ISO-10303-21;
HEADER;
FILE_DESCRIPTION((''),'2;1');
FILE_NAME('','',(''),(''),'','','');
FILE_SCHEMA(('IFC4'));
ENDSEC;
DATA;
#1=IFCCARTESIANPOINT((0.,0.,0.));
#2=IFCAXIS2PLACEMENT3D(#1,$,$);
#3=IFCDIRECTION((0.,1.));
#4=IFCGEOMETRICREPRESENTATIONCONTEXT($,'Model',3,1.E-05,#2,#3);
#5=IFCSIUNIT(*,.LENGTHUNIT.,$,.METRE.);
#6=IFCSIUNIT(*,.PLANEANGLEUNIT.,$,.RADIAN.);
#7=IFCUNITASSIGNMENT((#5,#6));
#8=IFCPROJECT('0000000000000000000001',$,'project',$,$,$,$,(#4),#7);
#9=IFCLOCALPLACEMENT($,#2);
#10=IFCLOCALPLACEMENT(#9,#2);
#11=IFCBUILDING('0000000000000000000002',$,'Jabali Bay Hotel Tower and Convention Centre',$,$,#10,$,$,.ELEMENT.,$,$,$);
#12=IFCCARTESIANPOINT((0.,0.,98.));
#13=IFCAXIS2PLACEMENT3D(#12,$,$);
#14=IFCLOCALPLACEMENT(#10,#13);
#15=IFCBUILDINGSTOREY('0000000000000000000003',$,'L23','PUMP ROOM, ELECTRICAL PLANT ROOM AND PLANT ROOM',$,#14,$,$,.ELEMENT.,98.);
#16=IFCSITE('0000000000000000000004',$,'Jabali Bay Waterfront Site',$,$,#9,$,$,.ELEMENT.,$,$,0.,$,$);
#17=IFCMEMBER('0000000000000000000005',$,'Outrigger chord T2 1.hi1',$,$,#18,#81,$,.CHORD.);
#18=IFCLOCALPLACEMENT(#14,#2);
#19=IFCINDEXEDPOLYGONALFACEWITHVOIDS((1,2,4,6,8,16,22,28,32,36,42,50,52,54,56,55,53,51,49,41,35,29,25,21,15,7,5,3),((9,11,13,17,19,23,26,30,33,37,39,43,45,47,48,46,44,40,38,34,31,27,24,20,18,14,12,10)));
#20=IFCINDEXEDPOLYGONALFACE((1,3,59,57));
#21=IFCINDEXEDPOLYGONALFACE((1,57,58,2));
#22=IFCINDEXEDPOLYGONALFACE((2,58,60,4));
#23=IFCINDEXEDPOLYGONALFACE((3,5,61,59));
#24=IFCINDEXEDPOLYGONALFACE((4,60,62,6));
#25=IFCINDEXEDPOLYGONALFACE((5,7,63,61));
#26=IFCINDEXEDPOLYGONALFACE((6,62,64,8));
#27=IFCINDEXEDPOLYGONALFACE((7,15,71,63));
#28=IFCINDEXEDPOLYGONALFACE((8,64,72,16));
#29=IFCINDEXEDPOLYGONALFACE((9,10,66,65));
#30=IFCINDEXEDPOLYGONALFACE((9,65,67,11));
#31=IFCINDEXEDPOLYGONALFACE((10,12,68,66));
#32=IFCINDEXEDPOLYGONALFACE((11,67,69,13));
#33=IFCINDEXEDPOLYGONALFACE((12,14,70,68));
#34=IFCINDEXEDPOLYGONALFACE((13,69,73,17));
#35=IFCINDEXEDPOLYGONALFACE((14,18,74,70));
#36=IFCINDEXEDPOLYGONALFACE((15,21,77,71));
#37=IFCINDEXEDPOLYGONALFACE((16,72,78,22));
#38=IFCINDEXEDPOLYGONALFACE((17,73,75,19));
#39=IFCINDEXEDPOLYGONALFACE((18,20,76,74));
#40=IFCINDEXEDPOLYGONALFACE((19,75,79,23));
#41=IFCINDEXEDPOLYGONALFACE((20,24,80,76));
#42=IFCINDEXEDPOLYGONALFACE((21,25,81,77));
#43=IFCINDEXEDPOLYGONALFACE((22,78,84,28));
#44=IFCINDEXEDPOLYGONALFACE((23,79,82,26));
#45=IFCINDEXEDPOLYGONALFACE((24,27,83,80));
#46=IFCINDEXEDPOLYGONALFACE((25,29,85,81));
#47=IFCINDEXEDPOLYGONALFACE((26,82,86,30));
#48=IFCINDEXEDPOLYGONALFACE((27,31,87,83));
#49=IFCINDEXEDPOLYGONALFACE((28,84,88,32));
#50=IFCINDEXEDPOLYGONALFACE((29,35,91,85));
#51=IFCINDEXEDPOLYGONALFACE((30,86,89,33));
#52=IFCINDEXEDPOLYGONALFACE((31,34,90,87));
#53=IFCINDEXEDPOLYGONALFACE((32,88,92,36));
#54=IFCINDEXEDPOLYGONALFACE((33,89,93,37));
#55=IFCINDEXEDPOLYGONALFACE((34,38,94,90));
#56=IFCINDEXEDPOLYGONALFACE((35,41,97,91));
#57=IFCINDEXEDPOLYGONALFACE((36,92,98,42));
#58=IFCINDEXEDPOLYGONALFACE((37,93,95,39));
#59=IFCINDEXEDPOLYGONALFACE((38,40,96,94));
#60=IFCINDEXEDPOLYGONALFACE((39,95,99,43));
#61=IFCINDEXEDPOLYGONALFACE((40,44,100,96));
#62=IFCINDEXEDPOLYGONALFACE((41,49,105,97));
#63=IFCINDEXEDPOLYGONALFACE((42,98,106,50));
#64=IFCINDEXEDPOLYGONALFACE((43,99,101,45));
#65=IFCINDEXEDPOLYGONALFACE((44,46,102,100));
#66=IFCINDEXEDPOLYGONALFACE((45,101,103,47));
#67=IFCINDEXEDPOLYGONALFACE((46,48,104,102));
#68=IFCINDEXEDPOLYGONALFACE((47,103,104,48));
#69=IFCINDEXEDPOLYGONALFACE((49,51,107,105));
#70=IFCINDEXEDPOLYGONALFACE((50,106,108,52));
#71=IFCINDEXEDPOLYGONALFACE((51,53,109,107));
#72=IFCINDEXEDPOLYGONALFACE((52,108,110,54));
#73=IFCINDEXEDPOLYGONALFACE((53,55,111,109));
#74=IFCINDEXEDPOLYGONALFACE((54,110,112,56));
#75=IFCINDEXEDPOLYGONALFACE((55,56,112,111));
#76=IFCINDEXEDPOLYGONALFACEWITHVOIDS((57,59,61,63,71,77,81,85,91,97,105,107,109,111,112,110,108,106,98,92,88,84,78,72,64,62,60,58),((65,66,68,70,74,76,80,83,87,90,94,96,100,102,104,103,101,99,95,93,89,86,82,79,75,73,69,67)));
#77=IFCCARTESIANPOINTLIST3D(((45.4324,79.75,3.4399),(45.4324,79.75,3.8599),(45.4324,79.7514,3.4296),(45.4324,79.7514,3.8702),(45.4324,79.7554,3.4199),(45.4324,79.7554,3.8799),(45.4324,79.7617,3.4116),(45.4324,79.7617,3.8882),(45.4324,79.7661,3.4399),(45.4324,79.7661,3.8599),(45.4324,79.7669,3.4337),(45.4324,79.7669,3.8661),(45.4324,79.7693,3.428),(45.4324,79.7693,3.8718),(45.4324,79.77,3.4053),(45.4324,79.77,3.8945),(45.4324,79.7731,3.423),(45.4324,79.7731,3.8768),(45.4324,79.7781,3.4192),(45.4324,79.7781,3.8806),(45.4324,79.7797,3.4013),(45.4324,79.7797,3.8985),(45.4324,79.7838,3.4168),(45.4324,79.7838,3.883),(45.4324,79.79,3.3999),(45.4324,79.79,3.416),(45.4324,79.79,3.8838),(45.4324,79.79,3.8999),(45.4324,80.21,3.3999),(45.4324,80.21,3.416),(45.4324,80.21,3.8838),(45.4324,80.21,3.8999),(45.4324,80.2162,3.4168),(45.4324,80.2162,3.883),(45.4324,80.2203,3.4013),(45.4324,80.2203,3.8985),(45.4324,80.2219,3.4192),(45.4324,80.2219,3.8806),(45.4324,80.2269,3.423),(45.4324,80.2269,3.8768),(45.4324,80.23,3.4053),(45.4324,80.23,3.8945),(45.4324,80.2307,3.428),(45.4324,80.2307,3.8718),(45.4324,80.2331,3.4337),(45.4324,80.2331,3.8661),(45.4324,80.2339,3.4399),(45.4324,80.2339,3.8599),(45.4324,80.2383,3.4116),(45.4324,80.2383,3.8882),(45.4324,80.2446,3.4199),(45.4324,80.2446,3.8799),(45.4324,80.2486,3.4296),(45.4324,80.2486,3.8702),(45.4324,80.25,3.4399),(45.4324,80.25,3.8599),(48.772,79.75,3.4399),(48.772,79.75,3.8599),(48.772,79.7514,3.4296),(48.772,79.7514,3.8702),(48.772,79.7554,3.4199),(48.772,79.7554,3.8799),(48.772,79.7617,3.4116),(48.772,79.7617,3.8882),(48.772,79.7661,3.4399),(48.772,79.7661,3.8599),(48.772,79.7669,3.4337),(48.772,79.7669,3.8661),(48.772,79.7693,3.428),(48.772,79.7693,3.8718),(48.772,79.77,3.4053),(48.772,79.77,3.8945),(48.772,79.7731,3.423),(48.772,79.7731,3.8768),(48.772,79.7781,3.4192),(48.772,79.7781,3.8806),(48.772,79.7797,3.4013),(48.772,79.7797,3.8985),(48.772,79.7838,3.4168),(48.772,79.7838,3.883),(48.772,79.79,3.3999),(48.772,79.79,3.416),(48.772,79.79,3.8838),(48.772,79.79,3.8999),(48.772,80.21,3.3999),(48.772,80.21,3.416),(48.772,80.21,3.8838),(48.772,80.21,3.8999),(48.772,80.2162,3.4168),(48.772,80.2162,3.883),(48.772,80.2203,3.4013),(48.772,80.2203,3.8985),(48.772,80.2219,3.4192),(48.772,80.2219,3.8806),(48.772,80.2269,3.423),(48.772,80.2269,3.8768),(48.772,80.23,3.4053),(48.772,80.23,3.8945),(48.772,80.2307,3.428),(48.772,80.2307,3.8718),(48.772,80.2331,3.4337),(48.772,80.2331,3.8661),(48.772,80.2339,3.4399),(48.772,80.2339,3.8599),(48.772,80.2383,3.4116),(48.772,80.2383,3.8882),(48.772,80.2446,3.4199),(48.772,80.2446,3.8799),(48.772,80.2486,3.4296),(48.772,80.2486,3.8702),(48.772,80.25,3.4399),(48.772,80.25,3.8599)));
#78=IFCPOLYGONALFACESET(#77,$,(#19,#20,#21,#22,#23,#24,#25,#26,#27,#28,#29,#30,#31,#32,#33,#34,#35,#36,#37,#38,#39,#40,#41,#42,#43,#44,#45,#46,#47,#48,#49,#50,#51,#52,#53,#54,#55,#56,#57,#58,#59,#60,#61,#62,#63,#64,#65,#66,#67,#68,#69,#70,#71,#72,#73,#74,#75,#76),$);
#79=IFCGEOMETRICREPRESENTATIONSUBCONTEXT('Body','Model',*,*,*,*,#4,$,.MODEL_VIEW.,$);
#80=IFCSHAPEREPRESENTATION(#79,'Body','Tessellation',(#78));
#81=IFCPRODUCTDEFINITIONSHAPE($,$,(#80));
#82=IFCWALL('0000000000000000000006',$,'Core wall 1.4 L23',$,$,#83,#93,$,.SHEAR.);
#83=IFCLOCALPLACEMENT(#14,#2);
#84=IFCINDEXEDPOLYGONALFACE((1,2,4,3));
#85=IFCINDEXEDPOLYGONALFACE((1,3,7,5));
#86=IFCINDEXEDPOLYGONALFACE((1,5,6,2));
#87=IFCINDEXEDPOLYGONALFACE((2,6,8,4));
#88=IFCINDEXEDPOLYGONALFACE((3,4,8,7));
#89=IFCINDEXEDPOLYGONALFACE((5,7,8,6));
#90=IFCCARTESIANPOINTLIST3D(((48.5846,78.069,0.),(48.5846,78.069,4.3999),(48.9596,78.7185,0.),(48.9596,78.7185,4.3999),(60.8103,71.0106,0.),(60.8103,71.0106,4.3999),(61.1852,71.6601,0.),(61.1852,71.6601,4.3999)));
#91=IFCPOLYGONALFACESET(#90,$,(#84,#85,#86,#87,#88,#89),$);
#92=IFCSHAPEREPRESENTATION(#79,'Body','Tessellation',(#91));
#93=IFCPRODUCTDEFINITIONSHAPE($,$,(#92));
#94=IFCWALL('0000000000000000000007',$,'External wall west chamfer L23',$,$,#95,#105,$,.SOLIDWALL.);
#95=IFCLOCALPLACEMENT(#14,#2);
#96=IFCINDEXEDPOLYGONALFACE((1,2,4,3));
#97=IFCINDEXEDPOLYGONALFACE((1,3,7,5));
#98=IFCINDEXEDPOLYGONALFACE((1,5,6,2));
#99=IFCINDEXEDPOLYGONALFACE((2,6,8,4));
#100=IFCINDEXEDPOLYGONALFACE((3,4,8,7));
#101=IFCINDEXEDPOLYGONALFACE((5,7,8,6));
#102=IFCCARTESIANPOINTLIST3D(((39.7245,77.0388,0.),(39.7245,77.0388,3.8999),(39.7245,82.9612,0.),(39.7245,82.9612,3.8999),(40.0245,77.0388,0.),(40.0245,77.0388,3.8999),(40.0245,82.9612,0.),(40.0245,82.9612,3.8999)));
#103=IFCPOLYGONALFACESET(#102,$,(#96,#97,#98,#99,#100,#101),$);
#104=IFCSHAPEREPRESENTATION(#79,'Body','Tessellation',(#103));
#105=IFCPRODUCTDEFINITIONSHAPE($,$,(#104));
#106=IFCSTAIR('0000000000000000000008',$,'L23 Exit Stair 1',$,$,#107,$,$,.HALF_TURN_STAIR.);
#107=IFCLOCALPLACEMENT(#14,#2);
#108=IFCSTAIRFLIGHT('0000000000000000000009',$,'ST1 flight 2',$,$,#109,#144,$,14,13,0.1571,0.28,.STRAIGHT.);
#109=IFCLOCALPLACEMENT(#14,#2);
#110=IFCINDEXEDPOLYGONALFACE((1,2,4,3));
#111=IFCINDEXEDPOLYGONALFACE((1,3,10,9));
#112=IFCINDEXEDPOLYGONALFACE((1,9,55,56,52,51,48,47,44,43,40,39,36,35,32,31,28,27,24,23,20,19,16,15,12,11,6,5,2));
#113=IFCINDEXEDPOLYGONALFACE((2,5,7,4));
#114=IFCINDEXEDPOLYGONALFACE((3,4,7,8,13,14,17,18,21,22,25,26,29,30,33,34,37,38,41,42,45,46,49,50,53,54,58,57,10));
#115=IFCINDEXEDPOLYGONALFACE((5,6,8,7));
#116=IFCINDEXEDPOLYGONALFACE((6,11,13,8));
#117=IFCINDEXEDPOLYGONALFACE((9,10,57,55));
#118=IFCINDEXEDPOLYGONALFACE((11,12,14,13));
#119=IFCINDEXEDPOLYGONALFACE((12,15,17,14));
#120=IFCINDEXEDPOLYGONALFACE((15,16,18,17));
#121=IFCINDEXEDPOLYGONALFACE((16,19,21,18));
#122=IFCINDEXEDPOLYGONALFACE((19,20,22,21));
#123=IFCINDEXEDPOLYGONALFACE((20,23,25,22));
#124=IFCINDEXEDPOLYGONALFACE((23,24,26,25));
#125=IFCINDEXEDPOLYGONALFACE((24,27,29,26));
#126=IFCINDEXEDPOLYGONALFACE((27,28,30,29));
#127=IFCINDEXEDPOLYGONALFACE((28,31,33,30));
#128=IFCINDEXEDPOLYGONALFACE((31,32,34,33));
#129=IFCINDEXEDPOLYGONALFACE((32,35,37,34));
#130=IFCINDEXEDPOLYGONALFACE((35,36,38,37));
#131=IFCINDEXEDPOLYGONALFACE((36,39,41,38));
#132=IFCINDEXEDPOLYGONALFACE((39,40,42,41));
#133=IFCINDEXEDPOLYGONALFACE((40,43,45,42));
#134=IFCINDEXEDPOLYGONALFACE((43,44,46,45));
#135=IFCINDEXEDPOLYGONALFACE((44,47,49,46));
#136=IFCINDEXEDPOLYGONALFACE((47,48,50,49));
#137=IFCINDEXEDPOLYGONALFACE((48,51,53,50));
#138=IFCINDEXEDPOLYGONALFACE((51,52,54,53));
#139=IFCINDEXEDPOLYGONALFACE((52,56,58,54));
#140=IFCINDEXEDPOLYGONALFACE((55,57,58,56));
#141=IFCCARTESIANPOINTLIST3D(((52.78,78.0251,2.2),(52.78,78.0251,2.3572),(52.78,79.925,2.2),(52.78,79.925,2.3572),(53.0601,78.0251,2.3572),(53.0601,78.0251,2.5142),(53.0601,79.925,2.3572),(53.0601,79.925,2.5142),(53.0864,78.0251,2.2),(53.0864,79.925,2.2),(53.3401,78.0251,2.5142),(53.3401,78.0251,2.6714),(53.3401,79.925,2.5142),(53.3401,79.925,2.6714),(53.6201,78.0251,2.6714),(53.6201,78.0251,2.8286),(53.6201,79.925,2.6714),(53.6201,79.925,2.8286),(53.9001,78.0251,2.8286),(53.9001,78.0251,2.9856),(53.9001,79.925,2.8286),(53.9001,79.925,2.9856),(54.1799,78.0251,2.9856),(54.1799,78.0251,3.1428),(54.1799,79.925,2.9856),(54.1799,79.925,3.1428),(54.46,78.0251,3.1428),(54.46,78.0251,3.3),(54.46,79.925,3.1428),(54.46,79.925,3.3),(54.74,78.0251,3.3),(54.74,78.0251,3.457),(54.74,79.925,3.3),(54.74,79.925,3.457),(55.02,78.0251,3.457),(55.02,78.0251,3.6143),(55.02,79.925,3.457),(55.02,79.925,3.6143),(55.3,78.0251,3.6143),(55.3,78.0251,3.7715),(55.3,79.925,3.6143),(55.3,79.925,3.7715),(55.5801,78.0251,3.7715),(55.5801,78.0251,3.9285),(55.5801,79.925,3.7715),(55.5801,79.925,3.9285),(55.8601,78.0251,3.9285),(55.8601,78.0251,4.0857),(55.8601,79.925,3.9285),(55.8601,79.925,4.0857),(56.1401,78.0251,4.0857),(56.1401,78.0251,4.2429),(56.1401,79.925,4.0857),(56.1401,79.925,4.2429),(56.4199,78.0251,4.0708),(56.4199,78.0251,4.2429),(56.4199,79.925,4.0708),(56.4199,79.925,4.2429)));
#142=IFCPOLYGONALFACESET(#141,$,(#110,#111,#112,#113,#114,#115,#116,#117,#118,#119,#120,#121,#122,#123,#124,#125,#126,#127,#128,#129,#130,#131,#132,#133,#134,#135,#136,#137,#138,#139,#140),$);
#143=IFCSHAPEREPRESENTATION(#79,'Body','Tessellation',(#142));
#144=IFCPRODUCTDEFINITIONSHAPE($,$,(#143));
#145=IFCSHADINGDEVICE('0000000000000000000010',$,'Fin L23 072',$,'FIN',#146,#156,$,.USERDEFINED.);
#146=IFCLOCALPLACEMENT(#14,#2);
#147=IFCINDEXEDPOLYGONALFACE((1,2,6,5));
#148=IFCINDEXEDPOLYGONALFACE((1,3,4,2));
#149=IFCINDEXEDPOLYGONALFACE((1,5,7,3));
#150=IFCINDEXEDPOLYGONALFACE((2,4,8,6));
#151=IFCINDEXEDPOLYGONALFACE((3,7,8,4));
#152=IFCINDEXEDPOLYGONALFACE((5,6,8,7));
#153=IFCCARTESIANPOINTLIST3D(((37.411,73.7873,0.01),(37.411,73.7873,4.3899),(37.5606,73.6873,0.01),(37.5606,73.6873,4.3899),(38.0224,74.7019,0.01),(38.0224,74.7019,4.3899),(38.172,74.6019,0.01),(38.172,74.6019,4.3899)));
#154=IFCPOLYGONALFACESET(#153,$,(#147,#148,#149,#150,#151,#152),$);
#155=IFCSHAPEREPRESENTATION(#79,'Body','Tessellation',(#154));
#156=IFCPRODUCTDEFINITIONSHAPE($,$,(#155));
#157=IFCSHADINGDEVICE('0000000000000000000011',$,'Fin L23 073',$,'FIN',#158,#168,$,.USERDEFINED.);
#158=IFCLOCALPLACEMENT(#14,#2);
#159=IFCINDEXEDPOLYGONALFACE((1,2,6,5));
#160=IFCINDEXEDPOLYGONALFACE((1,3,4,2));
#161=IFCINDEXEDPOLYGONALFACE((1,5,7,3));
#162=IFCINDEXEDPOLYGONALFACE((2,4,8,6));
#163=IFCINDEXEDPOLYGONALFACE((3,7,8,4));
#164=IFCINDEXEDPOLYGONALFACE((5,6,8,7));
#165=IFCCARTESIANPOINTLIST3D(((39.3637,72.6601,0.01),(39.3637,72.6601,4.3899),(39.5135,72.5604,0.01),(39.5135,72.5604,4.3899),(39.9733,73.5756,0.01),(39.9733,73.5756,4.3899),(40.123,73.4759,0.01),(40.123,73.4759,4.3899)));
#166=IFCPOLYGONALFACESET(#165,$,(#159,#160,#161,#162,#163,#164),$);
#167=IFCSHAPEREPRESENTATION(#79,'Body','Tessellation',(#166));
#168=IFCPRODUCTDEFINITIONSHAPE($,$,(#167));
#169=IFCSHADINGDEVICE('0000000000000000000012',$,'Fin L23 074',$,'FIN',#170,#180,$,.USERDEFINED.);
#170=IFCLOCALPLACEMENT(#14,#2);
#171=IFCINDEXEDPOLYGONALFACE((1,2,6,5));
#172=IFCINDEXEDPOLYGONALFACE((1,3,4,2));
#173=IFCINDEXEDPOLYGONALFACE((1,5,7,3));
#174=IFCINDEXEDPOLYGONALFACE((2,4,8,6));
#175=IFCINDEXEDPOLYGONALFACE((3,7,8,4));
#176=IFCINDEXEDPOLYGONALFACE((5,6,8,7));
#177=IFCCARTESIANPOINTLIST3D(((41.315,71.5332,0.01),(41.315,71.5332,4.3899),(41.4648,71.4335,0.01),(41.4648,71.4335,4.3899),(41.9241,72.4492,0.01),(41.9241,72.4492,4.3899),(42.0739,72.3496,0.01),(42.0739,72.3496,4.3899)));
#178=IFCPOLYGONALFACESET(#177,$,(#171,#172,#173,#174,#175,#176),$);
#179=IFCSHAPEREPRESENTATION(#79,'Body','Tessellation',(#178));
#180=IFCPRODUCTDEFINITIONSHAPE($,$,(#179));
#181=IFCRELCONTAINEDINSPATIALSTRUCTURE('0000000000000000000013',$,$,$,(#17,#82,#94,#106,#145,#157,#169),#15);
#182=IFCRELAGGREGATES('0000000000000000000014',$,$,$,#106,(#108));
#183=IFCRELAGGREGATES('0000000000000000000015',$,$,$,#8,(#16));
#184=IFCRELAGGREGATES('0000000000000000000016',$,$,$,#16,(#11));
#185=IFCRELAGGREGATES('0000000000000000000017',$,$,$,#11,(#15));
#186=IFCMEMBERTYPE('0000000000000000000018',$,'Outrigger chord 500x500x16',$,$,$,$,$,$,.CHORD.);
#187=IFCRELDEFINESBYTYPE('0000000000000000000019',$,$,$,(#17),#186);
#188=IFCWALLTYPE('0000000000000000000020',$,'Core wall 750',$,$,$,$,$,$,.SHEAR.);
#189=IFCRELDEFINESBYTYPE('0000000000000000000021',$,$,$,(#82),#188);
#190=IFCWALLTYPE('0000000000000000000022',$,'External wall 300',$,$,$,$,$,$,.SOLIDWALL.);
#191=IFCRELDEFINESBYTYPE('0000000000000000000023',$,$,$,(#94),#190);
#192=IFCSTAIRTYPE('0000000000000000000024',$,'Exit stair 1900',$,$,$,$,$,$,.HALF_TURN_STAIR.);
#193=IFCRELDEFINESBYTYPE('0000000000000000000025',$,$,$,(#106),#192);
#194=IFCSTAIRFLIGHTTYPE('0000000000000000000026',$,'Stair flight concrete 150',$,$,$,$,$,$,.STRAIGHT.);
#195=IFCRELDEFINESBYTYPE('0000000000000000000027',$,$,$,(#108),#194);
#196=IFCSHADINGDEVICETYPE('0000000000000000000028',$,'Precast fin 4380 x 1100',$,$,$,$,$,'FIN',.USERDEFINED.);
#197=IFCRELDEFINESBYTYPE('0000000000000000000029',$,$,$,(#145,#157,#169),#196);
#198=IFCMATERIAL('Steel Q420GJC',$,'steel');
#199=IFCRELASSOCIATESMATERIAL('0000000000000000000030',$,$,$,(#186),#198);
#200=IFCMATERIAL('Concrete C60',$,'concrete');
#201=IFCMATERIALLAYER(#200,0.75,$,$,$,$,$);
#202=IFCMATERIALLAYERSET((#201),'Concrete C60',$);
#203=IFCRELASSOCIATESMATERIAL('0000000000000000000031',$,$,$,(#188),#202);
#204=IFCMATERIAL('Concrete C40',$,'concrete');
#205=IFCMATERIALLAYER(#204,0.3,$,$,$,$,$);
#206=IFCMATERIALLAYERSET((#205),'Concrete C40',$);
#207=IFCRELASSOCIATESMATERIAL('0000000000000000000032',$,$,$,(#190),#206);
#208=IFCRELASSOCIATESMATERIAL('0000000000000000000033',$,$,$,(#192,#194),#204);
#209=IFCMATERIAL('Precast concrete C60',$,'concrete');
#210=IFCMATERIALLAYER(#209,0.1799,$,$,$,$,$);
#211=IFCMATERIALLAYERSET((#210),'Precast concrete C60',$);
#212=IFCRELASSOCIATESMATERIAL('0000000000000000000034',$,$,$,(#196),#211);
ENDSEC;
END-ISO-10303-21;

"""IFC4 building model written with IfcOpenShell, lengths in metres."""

from ifc_helpers import new_model, si_unit, direction, frame, frame_2d, origin, origin_2d, place, context, subcontext, project, spatial, polyline, rectangle, hollow_rectangle, outline, extrude, material, layer, layer_set, material_profile, profile_set, type_object, element, aggregate, save


model = new_model("IFC4")

# Units and contexts
model_context = context("Model", 3, precision=1e-05, world=origin(), true_north=direction((0.0, 1.0)))
body_context = subcontext(model_context, "Body", "Model", "MODEL_VIEW")
ifc_project = project(units=[si_unit("LENGTHUNIT", "METRE"), si_unit("PLANEANGLEUNIT", "RADIAN")], contexts=[model_context])

# Site, building, storey
site_placement = place(None, origin())
site = spatial("IfcSite", under=ifc_project, at=site_placement, Name="Jabali Bay Waterfront Site", CompositionType="ELEMENT", RefElevation=0.0)
building_placement = place(site_placement, origin())
building = spatial("IfcBuilding", under=site, at=building_placement, Name="Jabali Bay Hotel Tower and Convention Centre", CompositionType="ELEMENT")
storey_placement = place(building_placement, frame((0.0, 0.0, 98.0)))
storey = spatial("IfcBuildingStorey", under=building, at=storey_placement, Name="L23", Description="PUMP ROOM, ELECTRICAL PLANT ROOM AND PLANT ROOM", CompositionType="ELEMENT", Elevation=98.0)

# Shared definitions
ifc_material_1 = material(Name="Concrete C60", Category="concrete")

# Member
ifc_material_2 = material(Name="Steel Q420GJC", Category="steel")
ifc_material_profile_1 = material_profile(ifc_material_2, hollow_rectangle(XDim=0.5, YDim=0.5, WallThickness=0.0161, InnerFilletRadius=0.0239, OuterFilletRadius=0.04, at=origin_2d()), Name="Outrigger chord 500x500x16")
ifc_profile_set_1 = profile_set([ifc_material_profile_1], Name="Steel Q420GJC")
member_type_1 = type_object("IfcMemberType", Name="Outrigger chord 500x500x16", PredefinedType="CHORD", material=ifc_profile_set_1)
member_1_placement = place(storey_placement, frame((48.772, 80.0, 3.6499), z_axis=(-1.0, 0.0, 0.0), x_axis=(0.0, -1.0, 0.0)))
element("IfcMember", 1, at=member_1_placement, inside=storey, type_object=member_type_1, Name="Outrigger chord T2 1.hi1", PredefinedType="CHORD", context=body_context, shape_type="SweptSolid", body=[
    extrude(hollow_rectangle(XDim=0.5, YDim=0.5, WallThickness=0.0161, InnerFilletRadius=0.0239, OuterFilletRadius=0.04, at=origin_2d()), origin(), (0.0, 0.0, 1.0), 3.3396),
])

# Walls
ifc_layer_1 = layer(ifc_material_1, 0.75)
ifc_layer_set_1 = layer_set([ifc_layer_1], Name="Concrete C60")
wall_type_1 = type_object("IfcWallType", Name="Core wall 750", PredefinedType="SHEAR", material=ifc_layer_set_1)
wall_1_placement = place(storey_placement, frame((48.772, 78.3938, 0.0), z_axis=(0.0, 0.0, 1.0), x_axis=(0.866028, -0.499995, 0.0)))
element("IfcWall", 2, at=wall_1_placement, inside=storey, type_object=wall_type_1, Name="Core wall 1.4 L23", PredefinedType="SHEAR", context=body_context, shape_type="SweptSolid", body=[
    extrude(rectangle(XDim=14.1169, YDim=0.75, at=frame_2d((7.0586, 0.0))), origin(), (0.0, 0.0, 1.0), 4.3999),
])
ifc_material_3 = material(Name="Concrete C40", Category="concrete")
ifc_layer_2 = layer(ifc_material_3, 0.3)
ifc_layer_set_2 = layer_set([ifc_layer_2], Name="Concrete C40")
wall_type_2 = type_object("IfcWallType", Name="External wall 300", PredefinedType="SOLIDWALL", material=ifc_layer_set_2)
wall_2_placement = place(storey_placement, frame((39.8745, 77.0388, 0.0), z_axis=(0.0, 0.0, 1.0), x_axis=(0.0, 1.0, 0.0)))
element("IfcWall", 3, at=wall_2_placement, inside=storey, type_object=wall_type_2, Name="External wall west chamfer L23", PredefinedType="SOLIDWALL", context=body_context, shape_type="SweptSolid", body=[
    extrude(rectangle(XDim=5.9224, YDim=0.3, at=frame_2d((2.9612, 0.0))), origin(), (0.0, 0.0, 1.0), 3.8999),
])

# Stair, stair flight
stair_type = type_object("IfcStairType", Name="Exit stair 1900", PredefinedType="HALF_TURN_STAIR", material=ifc_material_3)
stair_placement = place(storey_placement, origin())
stair = element("IfcStair", 4, at=stair_placement, inside=storey, type_object=stair_type, Name="L23 Exit Stair 1", PredefinedType="HALF_TURN_STAIR")
stair_flight_type = type_object("IfcStairFlightType", Name="Stair flight concrete 150", PredefinedType="STRAIGHT", material=ifc_material_3)
stair_flight_placement = place(storey_placement, frame((52.78, 78.9751, 2.2), z_axis=(0.0, 0.0, 1.0), x_axis=(1.0, 0.0, 0.0)))
stair_flight = element("IfcStairFlight", 5, at=stair_flight_placement, type_object=stair_flight_type, Name="ST1 flight 2", NumberOfRisers=14, NumberOfTreads=13, PredefinedType="STRAIGHT", RiserHeight=0.1571, TreadLength=0.28, context=body_context, shape_type="SweptSolid", body=[
    extrude(outline(polyline([(0.0, 0.0), (0.0, 0.1572), (0.28, 0.1572), (0.28, 0.3142), (0.5601, 0.3142), (0.5601, 0.4714), (0.8401, 0.4714), (0.8401, 0.6287), (1.1201, 0.6287), (1.1201, 0.7856), (1.3999, 0.7856), (1.3999, 0.9429), (1.6799, 0.9429), (1.6799, 1.1001), (1.96, 1.1001), (1.96, 1.2571), (2.24, 1.2571), (2.24, 1.4143), (2.52, 1.4143), (2.52, 1.5715), (2.8, 1.5715), (2.8, 1.7285), (3.0801, 1.7285), (3.0801, 1.8857), (3.3601, 1.8857), (3.3601, 2.043), (3.6399, 2.043), (3.6399, 2.2), (3.6399, 1.8708), (0.3064, 0.0), (0.0, 0.0)])), frame((0.0, 0.95, 0.0), z_axis=(0.0, -1.0, 0.0), x_axis=(1.0, 0.0, 0.0)), (0.0, 0.0, 1.0), 1.8999),
])
aggregate(stair, [stair_flight])

# Shading devices
ifc_material_4 = material(Name="Precast concrete C60", Category="concrete")
ifc_layer_3 = layer(ifc_material_4, 0.1799)
ifc_layer_set_3 = layer_set([ifc_layer_3], Name="Precast concrete C60")
shading_device_type_1 = type_object("IfcShadingDeviceType", Name="Precast fin 4380 x 1100", ElementType="FIN", PredefinedType="USERDEFINED", material=ifc_layer_set_3)
shading_device_1_placement = place(storey_placement, frame((38.0972, 74.6519, 0.01), z_axis=(0.0, 0.0, 1.0), x_axis=(-0.555724, -0.831367, 0.0)))
element("IfcShadingDevice", 6, at=shading_device_1_placement, inside=storey, type_object=shading_device_type_1, Name="Fin L23 072", ObjectType="FIN", PredefinedType="USERDEFINED", context=body_context, shape_type="SweptSolid", body=[
    extrude(rectangle(XDim=1.1001, YDim=0.1799, at=frame_2d((0.55, 0.0))), origin(), (0.0, 0.0, 1.0), 4.3799),
])
shading_device_2_placement = place(storey_placement, frame((40.0481, 73.5256, 0.01), z_axis=(0.0, 0.0, 1.0), x_axis=(-0.554239, -0.832357, 0.0)))
element("IfcShadingDevice", 7, at=shading_device_2_placement, inside=storey, type_object=shading_device_type_1, Name="Fin L23 073", ObjectType="FIN", PredefinedType="USERDEFINED", context=body_context, shape_type="SweptSolid", body=[
    extrude(rectangle(XDim=1.0999, YDim=0.1799, at=frame_2d((0.5498, 0.0))), origin(), (0.0, 0.0, 1.0), 4.3799),
])
shading_device_3_placement = place(storey_placement, frame((41.999, 72.3994, 0.01), z_axis=(0.0, 0.0, 1.0), x_axis=(-0.553727, -0.832698, 0.0)))
element("IfcShadingDevice", 8, at=shading_device_3_placement, inside=storey, type_object=shading_device_type_1, Name="Fin L23 074", ObjectType="FIN", PredefinedType="USERDEFINED", context=body_context, shape_type="SweptSolid", body=[
    extrude(rectangle(XDim=1.1001, YDim=0.1799, at=frame_2d((0.55, 0.0))), origin(), (0.0, 0.0, 1.0), 4.3799),
])

save(model, "model.ifc")
